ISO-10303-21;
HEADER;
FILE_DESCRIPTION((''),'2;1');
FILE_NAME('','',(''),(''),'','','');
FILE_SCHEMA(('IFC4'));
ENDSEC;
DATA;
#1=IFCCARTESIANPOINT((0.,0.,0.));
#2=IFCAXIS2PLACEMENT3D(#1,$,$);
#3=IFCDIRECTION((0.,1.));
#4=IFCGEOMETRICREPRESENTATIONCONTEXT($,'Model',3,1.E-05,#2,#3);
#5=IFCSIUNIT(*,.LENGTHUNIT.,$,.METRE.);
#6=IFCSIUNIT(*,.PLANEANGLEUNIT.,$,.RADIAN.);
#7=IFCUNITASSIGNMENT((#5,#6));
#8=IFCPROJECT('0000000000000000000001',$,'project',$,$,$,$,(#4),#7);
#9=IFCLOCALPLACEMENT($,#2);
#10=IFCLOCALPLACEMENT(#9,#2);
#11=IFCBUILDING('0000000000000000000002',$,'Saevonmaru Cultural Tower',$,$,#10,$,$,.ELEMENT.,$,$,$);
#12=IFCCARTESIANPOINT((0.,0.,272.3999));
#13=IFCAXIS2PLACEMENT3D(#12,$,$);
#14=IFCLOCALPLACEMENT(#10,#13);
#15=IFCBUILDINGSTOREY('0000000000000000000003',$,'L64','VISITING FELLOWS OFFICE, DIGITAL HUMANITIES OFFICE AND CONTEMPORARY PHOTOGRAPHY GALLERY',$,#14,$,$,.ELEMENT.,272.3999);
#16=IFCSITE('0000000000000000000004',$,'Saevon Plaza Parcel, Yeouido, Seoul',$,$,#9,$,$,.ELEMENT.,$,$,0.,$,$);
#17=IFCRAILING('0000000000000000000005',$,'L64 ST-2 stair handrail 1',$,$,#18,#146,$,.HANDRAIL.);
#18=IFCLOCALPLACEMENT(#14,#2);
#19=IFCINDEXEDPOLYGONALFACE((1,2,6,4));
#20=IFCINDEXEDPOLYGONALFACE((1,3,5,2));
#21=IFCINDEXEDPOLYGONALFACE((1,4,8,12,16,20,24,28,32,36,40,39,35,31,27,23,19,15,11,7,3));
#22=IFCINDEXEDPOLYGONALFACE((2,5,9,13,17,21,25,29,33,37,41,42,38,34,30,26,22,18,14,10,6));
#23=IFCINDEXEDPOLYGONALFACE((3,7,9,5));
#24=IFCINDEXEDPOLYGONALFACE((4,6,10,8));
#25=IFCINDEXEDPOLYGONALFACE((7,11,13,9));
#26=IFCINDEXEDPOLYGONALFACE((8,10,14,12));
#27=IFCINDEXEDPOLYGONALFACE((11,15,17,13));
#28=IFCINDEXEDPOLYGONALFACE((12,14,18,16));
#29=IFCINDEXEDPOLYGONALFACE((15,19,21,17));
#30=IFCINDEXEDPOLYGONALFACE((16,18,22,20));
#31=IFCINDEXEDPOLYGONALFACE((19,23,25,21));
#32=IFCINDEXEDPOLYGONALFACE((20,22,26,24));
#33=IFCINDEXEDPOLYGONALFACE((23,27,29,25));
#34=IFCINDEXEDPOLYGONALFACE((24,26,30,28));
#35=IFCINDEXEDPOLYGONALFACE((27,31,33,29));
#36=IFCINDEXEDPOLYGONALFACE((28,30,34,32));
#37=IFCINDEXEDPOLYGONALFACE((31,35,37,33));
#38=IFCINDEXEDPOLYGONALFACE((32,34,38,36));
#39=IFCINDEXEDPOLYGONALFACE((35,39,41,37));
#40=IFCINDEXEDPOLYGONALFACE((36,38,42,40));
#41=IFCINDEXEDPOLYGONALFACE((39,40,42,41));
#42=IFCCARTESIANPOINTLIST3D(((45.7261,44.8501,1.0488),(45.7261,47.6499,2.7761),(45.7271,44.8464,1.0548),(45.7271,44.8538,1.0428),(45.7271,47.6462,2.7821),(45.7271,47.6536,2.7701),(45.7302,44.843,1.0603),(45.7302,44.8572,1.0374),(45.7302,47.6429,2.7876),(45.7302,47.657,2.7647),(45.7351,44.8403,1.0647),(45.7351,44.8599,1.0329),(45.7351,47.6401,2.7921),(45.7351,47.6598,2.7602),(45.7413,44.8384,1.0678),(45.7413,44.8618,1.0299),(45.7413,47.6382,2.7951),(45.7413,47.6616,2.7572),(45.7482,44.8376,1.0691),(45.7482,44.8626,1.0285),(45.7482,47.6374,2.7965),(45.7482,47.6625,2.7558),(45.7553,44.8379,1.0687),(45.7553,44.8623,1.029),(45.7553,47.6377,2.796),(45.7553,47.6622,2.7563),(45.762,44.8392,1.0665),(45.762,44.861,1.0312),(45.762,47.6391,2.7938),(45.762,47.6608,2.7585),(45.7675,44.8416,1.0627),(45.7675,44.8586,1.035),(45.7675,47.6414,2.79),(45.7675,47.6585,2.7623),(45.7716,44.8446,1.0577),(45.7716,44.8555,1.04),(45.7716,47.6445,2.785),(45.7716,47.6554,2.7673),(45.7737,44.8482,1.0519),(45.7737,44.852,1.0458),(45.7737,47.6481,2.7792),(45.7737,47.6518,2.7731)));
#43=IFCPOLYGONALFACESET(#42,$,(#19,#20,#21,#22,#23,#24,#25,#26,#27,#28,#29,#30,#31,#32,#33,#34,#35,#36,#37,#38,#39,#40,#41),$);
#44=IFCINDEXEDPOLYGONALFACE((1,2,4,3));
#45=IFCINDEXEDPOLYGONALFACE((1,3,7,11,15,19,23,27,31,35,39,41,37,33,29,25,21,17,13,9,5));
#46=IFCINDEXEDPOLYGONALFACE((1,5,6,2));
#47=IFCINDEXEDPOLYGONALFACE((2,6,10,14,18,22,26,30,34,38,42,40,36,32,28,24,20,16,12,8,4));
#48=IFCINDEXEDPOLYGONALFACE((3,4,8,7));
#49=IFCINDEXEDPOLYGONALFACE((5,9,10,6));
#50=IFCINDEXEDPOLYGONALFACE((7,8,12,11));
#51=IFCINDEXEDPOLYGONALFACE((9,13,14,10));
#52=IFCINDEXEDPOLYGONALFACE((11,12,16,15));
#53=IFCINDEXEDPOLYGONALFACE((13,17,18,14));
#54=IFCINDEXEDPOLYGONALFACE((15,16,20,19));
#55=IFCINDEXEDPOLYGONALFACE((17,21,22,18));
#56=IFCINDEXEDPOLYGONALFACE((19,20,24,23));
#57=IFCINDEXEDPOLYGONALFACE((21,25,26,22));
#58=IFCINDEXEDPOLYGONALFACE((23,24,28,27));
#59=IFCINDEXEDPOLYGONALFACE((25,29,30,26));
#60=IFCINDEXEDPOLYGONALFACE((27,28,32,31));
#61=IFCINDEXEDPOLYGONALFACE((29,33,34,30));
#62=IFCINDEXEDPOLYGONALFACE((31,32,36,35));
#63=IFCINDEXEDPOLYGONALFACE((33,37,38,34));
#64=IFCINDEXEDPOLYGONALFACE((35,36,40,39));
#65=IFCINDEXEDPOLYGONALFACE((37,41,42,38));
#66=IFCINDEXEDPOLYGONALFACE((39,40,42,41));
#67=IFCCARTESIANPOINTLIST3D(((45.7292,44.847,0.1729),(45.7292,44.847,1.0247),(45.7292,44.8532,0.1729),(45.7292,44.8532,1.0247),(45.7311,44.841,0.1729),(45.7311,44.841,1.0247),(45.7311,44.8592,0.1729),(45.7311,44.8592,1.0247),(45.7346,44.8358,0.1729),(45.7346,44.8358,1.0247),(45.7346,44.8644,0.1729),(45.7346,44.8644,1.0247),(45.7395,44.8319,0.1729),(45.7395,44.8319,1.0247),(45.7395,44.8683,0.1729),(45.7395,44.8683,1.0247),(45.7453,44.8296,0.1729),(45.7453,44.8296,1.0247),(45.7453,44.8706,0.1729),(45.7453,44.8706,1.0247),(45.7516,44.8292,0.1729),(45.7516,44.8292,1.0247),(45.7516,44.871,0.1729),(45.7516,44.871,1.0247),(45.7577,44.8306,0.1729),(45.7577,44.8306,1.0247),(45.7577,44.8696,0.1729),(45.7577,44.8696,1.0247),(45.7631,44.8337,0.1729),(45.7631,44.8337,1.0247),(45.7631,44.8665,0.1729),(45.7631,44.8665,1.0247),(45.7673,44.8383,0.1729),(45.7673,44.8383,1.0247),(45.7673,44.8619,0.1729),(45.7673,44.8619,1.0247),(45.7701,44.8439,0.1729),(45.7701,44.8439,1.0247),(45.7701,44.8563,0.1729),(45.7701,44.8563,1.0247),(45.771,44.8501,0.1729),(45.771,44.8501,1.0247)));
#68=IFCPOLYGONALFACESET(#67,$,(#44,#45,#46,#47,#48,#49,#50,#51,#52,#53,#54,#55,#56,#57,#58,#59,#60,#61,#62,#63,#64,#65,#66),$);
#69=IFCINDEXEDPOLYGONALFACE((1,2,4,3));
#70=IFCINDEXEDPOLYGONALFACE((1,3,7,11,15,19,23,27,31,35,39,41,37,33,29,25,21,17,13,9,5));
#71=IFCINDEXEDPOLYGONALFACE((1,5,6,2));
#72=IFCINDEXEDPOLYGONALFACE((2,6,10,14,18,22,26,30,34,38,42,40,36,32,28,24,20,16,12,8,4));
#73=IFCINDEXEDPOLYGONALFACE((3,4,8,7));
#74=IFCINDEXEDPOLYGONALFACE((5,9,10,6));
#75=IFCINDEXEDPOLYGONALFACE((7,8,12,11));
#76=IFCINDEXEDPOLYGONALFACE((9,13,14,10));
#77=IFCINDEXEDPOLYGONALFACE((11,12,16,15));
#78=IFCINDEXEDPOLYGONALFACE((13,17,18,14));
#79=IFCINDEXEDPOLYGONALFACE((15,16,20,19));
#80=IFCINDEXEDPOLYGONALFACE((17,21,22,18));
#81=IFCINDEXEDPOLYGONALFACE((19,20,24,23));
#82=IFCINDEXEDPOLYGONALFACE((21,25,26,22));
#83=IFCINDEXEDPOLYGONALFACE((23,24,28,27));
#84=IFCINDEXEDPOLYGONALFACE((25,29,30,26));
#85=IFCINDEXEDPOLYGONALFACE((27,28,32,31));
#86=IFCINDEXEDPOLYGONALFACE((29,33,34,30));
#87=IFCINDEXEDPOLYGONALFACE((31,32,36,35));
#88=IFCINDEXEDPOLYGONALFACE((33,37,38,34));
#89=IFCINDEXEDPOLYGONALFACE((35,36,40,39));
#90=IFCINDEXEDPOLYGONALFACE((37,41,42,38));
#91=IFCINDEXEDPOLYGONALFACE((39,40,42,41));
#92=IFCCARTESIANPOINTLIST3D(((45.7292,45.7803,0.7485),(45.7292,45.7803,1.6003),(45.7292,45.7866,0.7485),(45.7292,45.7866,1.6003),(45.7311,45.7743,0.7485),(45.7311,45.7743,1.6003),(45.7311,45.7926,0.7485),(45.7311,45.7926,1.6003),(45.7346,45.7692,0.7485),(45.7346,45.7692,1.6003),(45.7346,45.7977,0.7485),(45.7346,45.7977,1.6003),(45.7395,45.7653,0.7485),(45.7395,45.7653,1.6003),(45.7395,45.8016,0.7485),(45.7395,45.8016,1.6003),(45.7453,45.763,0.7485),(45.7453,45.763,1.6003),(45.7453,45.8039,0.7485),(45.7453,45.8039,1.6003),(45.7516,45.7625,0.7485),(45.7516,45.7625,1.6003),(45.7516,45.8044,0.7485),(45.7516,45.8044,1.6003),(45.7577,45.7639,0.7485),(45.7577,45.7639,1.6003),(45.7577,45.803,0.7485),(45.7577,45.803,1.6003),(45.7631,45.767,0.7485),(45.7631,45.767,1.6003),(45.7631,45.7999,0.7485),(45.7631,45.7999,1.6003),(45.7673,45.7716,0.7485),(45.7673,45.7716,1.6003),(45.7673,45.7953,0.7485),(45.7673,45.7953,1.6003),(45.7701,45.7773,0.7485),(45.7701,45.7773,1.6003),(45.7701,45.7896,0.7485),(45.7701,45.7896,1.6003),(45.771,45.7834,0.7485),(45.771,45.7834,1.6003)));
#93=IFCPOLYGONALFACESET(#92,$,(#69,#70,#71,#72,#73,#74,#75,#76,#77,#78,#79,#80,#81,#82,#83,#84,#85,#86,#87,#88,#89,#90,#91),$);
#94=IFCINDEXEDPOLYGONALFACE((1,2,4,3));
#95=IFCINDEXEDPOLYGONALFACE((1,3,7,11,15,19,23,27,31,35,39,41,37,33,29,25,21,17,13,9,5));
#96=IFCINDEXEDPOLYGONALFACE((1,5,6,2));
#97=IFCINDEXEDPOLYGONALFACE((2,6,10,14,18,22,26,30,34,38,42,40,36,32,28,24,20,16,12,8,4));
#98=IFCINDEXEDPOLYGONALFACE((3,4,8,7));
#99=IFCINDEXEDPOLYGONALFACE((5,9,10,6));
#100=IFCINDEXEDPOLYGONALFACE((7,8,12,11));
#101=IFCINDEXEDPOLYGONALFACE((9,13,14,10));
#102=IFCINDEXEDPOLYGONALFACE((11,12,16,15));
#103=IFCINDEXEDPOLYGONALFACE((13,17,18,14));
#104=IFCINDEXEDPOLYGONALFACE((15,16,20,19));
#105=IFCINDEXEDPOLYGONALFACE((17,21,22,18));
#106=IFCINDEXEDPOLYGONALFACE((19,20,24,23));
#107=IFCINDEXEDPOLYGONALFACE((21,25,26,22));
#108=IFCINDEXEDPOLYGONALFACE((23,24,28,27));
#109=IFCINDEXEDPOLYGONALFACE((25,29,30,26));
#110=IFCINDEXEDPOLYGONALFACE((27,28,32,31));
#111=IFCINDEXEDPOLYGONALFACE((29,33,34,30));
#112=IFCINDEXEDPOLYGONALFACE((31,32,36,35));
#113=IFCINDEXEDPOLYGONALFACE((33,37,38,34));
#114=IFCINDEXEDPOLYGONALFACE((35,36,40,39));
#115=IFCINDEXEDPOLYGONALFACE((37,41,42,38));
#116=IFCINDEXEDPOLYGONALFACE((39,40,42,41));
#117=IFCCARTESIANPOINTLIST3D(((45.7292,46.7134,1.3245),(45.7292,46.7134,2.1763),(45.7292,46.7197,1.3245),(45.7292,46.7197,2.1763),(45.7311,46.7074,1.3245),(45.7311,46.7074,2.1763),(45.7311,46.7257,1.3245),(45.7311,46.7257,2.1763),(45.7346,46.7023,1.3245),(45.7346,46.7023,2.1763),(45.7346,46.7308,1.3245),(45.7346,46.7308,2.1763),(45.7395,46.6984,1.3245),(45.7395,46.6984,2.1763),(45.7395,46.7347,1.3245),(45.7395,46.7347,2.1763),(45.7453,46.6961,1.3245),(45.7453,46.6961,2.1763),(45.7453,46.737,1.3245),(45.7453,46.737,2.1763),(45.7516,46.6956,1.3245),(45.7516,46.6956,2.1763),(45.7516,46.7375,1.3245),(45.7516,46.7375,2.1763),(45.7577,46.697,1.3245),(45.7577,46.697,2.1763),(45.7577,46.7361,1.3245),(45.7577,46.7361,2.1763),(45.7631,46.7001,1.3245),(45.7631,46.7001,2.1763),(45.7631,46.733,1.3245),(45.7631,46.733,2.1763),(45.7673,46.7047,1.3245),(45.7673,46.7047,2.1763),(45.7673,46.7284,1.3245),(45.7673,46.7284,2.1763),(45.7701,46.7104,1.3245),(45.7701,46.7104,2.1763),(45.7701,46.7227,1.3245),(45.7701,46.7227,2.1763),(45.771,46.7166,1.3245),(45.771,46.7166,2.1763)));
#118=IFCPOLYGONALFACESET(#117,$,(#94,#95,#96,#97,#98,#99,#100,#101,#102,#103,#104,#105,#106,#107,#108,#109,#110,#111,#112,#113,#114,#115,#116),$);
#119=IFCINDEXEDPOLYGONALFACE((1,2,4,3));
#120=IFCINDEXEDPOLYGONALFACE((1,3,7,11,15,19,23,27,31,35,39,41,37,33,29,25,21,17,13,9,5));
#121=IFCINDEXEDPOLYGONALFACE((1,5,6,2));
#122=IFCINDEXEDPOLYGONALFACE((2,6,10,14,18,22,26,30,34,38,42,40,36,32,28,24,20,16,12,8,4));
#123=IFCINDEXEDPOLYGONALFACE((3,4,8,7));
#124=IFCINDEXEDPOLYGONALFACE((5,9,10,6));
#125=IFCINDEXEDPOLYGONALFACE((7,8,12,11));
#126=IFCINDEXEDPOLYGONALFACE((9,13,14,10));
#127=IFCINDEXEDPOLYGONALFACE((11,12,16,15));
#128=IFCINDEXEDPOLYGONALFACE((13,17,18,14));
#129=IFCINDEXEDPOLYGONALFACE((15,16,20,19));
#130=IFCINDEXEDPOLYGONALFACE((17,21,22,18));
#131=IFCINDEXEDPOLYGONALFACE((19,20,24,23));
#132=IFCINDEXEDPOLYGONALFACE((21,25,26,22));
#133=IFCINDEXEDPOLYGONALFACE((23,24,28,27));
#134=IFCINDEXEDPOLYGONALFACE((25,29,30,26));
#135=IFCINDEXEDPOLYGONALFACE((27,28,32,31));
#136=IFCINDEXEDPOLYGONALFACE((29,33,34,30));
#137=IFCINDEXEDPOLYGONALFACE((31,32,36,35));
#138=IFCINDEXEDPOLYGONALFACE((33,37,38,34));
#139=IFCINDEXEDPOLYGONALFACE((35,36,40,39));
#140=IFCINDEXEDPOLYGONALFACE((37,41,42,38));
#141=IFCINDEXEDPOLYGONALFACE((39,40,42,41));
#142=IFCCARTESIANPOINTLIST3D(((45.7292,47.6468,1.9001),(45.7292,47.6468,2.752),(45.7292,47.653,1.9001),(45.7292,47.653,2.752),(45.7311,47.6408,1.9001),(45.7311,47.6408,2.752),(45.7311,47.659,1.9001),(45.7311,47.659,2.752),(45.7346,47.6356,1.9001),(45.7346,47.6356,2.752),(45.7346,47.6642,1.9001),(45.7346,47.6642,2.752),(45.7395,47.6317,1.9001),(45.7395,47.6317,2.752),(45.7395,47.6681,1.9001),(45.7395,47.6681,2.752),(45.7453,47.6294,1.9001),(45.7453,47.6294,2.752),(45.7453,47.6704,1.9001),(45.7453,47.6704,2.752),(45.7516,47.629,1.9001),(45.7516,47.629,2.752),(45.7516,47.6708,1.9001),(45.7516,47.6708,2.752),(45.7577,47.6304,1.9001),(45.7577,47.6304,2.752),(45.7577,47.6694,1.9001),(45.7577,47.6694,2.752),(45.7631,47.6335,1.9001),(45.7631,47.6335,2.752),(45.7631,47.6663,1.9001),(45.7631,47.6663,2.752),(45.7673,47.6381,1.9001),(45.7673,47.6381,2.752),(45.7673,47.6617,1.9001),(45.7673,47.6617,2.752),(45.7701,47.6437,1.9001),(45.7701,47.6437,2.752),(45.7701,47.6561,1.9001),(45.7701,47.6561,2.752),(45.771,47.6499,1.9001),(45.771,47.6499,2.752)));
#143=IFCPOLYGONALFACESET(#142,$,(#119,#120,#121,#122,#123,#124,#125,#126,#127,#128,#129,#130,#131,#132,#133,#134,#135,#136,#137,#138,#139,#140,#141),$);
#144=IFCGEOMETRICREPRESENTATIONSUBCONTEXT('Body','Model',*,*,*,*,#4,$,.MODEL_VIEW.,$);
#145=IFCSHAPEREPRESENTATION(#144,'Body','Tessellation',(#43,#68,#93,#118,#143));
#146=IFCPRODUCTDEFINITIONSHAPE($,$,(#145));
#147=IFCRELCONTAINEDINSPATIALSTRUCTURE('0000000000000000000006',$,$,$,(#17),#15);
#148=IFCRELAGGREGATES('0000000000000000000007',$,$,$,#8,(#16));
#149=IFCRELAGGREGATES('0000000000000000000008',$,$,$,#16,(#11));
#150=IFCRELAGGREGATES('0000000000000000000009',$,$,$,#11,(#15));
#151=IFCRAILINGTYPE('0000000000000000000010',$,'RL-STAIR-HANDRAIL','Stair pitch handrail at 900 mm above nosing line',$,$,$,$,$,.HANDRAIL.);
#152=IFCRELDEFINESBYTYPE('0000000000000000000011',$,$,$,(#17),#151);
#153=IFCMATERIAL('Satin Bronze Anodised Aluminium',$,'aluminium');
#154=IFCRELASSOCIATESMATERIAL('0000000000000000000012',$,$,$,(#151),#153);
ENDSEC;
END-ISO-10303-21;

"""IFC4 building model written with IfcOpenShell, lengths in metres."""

from ifc_helpers import new_model, si_unit, direction, frame, origin, origin_2d, place, context, subcontext, project, spatial, circle, extrude, material, type_object, element, save


model = new_model("IFC4")

# Units and contexts
model_context = context("Model", 3, precision=1e-05, world=origin(), true_north=direction((0.0, 1.0)))
body_context = subcontext(model_context, "Body", "Model", "MODEL_VIEW")
ifc_project = project(units=[si_unit("LENGTHUNIT", "METRE"), si_unit("PLANEANGLEUNIT", "RADIAN")], contexts=[model_context])

# Site, building, storey
site_placement = place(None, origin())
site = spatial("IfcSite", under=ifc_project, at=site_placement, Name="Saevon Plaza Parcel, Yeouido, Seoul", CompositionType="ELEMENT", RefElevation=0.0)
building_placement = place(site_placement, origin())
building = spatial("IfcBuilding", under=site, at=building_placement, Name="Saevonmaru Cultural Tower", CompositionType="ELEMENT")
storey_placement = place(building_placement, frame((0.0, 0.0, 272.3999)))
storey = spatial("IfcBuildingStorey", under=building, at=storey_placement, Name="L64", Description="VISITING FELLOWS OFFICE, DIGITAL HUMANITIES OFFICE AND CONTEMPORARY PHOTOGRAPHY GALLERY", CompositionType="ELEMENT", Elevation=272.3999)

# Shared definitions
ifc_material_1 = material(Name="Satin Bronze Anodised Aluminium", Category="aluminium")

# Railing
railing_type = type_object("IfcRailingType", Name="RL-STAIR-HANDRAIL", Description="Stair pitch handrail at 900 mm above nosing line", PredefinedType="HANDRAIL", material=ifc_material_1)
railing_placement = place(storey_placement, frame((45.75, 44.8501, 0.1729)))
element("IfcRailing", 1, at=railing_placement, inside=storey, type_object=railing_type, Name="L64 ST-2 stair handrail 1", PredefinedType="HANDRAIL", context=body_context, shape_type="SweptSolid", body=[
    extrude(circle(Radius=0.0239, at=origin_2d()), frame((0.0, 0.0, 0.876), z_axis=(0.0, 0.851069, 0.525054), x_axis=(-1.0, 0.0, 0.0)), (0.0, 0.0, 1.0), 3.2898),
    extrude(circle(Radius=0.021, at=origin_2d()), origin(), (0.0, 0.0, 1.0), 0.8518),
    extrude(circle(Radius=0.021, at=origin_2d()), frame((0.0, 0.9333, 0.5757)), (0.0, 0.0, 1.0), 0.8518),
    extrude(circle(Radius=0.021, at=origin_2d()), frame((0.0, 1.8665, 1.1516)), (0.0, 0.0, 1.0), 0.8518),
    extrude(circle(Radius=0.021, at=origin_2d()), frame((0.0, 2.7998, 1.7273)), (0.0, 0.0, 1.0), 0.8518),
])

save(model, "model.ifc")
